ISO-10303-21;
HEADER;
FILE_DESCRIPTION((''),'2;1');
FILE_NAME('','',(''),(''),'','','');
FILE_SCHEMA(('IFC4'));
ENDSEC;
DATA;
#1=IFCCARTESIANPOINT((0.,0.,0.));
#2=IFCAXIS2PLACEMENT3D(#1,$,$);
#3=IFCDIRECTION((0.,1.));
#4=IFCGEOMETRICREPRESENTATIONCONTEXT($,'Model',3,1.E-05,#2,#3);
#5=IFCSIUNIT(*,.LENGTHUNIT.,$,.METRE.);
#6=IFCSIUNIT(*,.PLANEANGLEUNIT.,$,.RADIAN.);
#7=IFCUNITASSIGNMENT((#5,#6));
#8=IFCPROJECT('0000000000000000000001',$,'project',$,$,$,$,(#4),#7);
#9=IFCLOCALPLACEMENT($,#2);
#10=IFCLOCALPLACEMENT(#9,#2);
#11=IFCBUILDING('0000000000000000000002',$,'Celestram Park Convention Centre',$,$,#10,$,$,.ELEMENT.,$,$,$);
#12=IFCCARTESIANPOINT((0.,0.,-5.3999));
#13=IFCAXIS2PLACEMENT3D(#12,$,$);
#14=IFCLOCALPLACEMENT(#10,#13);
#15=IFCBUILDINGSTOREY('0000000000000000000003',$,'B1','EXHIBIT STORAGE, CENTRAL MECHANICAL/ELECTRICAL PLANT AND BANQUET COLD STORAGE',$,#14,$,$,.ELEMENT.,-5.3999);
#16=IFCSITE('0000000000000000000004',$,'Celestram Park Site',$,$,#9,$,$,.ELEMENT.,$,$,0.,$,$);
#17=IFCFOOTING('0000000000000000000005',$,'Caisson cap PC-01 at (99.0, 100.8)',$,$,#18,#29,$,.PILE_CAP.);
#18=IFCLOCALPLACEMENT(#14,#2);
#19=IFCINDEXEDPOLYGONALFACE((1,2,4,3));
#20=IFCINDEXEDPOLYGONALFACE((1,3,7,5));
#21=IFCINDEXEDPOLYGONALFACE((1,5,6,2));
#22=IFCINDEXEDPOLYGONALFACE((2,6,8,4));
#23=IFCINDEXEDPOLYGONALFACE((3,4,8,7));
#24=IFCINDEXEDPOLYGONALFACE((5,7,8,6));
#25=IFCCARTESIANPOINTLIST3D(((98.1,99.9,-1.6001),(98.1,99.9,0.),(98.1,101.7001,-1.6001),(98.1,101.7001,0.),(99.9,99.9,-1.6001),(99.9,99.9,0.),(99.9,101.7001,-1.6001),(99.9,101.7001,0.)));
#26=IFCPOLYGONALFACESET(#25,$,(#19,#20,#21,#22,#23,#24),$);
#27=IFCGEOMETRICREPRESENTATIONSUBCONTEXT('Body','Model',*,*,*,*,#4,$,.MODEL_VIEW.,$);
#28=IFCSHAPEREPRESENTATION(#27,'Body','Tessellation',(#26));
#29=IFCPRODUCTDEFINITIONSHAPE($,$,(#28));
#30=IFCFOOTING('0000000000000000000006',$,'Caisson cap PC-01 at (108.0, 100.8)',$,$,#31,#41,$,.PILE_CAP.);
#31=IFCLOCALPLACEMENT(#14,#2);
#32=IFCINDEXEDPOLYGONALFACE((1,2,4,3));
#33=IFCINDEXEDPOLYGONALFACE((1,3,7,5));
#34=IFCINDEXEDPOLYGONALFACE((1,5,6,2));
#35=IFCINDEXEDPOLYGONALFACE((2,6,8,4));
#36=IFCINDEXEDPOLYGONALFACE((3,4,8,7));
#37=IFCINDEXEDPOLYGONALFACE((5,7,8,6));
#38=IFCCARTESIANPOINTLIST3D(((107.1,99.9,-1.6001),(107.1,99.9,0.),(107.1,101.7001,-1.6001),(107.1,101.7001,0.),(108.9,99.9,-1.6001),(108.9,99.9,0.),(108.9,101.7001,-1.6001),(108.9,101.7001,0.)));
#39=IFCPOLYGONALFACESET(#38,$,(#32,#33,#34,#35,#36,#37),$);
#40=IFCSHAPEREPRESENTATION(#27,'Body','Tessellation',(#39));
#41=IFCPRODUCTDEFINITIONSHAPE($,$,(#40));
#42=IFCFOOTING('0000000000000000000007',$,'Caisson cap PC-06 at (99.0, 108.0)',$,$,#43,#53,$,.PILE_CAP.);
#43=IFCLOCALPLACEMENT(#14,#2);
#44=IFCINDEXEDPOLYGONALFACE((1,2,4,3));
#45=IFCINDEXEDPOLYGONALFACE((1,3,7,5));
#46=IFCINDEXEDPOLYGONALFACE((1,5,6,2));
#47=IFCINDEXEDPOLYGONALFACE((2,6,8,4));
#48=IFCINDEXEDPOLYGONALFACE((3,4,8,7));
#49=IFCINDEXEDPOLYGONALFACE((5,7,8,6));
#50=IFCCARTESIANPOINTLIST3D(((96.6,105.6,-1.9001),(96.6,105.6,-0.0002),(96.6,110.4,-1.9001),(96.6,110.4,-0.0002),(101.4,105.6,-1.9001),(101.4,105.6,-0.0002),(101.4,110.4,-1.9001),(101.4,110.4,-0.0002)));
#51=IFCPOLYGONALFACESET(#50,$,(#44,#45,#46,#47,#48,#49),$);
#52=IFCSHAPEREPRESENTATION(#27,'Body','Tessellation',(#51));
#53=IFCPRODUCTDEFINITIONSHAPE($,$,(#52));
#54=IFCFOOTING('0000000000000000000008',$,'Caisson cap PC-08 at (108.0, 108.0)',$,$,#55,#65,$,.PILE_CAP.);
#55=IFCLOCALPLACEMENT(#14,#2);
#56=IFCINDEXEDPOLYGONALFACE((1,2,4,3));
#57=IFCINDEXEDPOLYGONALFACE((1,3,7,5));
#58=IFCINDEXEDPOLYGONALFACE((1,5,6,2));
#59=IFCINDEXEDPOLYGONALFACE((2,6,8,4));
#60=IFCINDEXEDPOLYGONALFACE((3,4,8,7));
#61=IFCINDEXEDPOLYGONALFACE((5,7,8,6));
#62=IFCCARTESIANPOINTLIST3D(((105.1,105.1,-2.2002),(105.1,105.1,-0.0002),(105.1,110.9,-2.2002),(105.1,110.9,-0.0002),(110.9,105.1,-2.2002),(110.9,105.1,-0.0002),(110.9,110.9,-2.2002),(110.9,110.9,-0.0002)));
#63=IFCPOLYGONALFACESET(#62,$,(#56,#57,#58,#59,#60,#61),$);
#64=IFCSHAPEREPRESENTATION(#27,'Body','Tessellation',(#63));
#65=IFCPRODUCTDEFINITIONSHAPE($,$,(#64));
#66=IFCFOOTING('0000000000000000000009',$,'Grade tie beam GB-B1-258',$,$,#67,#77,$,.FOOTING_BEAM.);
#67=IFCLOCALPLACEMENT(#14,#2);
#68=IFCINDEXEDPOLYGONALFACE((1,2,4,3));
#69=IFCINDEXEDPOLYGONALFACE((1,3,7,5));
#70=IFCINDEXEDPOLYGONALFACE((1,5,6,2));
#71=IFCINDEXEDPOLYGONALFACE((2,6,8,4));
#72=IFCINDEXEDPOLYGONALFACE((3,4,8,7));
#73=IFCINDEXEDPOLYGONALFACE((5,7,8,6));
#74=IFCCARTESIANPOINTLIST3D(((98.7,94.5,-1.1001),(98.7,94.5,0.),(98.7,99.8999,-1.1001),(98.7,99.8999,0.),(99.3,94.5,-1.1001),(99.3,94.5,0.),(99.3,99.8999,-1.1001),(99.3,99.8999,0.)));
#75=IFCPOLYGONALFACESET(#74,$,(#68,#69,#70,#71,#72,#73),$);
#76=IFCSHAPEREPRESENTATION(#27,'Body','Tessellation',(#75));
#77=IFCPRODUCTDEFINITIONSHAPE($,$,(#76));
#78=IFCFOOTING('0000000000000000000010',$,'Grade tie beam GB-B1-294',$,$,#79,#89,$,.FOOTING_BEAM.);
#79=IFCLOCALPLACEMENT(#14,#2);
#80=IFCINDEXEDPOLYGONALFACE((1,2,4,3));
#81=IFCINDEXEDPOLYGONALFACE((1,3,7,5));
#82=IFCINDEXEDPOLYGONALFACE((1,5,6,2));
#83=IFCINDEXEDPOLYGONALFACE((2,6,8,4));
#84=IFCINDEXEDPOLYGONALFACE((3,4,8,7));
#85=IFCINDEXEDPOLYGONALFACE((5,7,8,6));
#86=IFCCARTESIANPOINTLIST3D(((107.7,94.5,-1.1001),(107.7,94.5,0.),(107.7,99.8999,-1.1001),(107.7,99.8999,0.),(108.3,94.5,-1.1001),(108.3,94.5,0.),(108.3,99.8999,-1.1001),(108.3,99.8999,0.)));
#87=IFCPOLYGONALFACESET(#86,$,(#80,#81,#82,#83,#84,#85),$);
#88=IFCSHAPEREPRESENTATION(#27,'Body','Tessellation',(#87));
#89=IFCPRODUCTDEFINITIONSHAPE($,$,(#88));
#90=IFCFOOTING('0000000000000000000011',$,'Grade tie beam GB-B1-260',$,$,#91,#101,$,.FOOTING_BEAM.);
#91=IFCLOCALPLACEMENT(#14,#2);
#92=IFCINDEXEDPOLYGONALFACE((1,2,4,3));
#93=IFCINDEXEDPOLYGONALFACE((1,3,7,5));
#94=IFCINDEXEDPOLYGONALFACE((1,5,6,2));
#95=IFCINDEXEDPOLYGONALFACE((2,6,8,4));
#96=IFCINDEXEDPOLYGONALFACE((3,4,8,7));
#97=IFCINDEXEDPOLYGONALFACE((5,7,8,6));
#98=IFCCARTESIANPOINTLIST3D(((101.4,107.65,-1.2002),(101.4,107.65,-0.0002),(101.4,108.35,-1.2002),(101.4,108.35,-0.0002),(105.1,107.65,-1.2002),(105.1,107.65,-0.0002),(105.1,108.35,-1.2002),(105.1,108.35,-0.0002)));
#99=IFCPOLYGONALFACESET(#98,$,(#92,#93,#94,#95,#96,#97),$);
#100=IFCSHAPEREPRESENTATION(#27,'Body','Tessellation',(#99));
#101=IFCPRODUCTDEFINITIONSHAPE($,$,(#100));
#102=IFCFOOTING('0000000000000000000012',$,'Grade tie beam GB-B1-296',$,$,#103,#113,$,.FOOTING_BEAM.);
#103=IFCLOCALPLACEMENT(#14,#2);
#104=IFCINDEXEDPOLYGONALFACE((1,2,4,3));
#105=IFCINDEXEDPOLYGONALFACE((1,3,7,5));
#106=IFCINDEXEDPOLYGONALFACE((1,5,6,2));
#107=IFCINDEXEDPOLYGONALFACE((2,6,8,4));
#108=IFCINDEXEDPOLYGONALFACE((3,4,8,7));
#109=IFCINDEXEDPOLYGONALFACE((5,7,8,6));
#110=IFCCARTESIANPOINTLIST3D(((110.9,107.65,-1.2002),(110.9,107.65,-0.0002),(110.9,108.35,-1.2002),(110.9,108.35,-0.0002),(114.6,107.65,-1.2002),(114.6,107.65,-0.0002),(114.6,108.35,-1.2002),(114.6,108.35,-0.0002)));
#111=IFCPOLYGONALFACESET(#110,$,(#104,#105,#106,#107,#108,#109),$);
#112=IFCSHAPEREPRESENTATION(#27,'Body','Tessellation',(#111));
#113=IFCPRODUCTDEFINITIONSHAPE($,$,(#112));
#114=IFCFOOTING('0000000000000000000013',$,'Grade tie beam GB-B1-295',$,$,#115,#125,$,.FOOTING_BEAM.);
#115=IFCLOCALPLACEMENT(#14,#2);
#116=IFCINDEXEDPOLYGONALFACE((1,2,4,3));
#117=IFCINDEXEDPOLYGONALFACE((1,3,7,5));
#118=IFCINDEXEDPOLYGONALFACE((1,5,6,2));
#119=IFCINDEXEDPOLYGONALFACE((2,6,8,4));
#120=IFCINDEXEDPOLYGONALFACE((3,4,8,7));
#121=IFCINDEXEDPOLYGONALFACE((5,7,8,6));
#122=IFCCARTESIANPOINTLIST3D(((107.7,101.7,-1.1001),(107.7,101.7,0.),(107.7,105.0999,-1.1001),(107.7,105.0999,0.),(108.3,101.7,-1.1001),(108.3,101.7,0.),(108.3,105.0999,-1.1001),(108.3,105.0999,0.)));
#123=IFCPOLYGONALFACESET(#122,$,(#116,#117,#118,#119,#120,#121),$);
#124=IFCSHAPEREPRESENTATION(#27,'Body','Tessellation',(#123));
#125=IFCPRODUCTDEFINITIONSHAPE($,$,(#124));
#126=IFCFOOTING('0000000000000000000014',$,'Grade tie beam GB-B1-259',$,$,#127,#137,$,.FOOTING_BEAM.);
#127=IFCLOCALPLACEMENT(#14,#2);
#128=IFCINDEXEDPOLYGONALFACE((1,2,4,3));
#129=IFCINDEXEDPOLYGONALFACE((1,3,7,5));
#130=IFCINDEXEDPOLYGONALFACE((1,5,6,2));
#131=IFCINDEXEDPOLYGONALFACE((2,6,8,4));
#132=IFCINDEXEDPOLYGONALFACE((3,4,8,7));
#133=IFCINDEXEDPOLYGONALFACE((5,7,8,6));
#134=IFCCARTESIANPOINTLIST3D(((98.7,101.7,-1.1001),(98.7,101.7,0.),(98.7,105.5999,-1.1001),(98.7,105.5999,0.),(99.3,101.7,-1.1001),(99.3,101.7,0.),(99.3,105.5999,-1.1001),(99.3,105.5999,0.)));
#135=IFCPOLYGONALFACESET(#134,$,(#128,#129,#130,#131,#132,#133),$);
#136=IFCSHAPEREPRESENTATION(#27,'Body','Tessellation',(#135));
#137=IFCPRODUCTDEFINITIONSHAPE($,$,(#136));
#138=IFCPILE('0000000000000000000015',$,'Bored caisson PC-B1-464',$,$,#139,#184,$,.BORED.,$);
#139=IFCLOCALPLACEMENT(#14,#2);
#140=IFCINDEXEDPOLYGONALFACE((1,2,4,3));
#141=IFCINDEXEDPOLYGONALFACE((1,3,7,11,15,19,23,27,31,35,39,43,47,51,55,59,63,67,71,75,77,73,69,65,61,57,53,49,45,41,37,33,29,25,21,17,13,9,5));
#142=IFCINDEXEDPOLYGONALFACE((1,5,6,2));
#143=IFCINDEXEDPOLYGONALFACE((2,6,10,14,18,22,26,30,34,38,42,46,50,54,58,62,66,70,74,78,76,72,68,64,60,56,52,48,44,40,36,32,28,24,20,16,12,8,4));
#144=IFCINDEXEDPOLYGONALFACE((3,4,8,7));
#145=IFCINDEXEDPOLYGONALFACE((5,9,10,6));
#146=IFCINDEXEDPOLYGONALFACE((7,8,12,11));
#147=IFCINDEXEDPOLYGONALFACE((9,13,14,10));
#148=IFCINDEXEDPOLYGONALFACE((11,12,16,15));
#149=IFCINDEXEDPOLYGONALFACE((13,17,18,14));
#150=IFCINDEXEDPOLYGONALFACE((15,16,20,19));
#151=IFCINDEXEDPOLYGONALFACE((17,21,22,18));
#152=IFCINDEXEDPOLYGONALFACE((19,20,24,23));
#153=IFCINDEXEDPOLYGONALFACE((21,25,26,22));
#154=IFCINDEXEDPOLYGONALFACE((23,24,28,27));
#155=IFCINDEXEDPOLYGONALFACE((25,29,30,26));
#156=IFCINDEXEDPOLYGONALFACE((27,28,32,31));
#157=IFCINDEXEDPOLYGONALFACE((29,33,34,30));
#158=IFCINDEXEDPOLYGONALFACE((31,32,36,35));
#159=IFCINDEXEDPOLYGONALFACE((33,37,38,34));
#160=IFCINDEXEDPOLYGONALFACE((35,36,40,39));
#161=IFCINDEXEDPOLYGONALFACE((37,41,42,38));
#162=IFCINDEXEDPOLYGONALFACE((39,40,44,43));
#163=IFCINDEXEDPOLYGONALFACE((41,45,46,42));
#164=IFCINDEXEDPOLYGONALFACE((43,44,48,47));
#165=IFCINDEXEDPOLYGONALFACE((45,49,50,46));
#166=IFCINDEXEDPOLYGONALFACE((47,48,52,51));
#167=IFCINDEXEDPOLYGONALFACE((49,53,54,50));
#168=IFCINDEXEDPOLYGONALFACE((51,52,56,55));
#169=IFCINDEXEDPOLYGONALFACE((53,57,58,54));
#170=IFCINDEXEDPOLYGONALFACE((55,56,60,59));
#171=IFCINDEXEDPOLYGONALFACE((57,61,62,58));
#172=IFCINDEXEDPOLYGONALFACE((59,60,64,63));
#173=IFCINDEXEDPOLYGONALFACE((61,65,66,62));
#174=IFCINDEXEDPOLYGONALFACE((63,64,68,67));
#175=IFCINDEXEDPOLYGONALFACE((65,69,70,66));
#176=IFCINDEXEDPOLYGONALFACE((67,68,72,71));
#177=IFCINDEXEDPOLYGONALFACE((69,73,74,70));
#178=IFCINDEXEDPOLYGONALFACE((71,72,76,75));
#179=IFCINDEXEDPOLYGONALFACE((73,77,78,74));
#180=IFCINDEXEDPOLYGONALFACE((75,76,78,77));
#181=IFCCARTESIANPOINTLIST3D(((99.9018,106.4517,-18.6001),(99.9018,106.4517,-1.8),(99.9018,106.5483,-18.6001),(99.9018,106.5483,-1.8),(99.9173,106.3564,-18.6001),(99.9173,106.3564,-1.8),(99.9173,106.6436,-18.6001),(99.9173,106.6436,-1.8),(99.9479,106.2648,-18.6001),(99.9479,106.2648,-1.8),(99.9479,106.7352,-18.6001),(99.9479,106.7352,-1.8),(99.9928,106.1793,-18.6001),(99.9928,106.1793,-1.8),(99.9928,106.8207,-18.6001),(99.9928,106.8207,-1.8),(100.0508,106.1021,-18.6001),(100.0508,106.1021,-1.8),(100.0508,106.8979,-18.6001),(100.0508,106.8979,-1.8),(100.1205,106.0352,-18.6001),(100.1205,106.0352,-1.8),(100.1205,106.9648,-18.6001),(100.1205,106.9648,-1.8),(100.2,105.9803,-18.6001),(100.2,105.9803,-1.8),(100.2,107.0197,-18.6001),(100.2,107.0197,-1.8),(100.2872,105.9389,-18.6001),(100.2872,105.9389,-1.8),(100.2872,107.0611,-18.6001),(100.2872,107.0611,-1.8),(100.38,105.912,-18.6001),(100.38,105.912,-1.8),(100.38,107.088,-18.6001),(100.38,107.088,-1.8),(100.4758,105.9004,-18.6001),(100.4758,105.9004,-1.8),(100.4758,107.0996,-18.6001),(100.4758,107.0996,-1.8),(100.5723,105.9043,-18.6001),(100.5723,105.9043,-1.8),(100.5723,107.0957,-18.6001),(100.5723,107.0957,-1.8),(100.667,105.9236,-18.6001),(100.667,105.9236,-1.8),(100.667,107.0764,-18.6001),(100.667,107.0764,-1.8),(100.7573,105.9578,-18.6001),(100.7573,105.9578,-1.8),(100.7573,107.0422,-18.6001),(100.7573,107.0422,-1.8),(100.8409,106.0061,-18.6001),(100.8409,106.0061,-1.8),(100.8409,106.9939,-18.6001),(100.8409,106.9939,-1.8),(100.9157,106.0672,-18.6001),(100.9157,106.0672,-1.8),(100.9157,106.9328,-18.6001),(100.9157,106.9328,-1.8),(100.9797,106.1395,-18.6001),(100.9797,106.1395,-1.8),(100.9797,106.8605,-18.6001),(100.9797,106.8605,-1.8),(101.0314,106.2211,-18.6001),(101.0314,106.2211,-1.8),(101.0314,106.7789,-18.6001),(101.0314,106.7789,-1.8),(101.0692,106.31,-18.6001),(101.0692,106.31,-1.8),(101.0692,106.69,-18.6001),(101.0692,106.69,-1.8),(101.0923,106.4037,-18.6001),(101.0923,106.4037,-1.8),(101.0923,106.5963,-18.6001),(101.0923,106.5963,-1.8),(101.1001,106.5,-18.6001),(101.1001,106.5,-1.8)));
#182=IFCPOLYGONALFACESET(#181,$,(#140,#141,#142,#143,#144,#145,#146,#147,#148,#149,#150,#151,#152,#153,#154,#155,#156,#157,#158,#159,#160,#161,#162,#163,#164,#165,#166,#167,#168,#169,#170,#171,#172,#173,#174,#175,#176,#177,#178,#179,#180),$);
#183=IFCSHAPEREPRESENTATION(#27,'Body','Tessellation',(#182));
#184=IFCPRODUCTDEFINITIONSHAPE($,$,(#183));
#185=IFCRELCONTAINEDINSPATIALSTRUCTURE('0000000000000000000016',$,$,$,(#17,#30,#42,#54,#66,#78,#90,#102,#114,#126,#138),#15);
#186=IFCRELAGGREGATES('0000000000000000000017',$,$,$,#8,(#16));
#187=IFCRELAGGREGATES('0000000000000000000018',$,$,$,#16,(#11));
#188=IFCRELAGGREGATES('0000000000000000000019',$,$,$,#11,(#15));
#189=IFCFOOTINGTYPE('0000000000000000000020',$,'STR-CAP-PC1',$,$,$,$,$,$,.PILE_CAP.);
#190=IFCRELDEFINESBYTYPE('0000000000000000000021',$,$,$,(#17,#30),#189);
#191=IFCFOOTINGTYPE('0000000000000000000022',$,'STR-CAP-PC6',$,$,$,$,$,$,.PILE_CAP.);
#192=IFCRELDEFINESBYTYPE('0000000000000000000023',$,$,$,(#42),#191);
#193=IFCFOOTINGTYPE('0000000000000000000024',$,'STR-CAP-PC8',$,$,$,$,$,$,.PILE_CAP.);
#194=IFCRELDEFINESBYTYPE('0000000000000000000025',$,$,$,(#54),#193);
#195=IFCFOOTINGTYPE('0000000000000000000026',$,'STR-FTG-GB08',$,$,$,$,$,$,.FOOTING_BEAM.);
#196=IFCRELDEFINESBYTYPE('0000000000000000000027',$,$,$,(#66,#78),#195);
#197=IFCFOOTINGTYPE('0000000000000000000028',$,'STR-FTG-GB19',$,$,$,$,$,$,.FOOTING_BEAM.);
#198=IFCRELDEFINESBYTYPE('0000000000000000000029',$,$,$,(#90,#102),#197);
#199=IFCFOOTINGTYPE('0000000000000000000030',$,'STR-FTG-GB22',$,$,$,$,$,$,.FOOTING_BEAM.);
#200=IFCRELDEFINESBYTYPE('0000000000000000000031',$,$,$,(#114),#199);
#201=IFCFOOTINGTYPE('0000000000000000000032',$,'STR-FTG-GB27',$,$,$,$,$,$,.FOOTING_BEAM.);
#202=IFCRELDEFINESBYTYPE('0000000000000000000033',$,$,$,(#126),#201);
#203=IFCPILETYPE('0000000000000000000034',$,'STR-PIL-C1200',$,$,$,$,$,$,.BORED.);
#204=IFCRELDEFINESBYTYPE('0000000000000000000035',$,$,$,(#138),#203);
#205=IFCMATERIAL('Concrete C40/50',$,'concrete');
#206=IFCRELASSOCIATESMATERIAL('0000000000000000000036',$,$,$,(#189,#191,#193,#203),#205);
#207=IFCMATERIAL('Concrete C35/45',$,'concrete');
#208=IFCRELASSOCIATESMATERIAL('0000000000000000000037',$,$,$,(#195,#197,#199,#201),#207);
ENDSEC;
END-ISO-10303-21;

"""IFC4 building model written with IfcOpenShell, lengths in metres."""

from ifc_helpers import new_model, si_unit, direction, frame, origin, origin_2d, place, context, subcontext, project, spatial, rectangle, circle, extrude, material, material_profile, profile_set, type_object, element, save


model = new_model("IFC4")

# Units and contexts
model_context = context("Model", 3, precision=1e-05, world=origin(), true_north=direction((0.0, 1.0)))
body_context = subcontext(model_context, "Body", "Model", "MODEL_VIEW")
ifc_project = project(units=[si_unit("LENGTHUNIT", "METRE"), si_unit("PLANEANGLEUNIT", "RADIAN")], contexts=[model_context])

# Site, building, storey
site_placement = place(None, origin())
site = spatial("IfcSite", under=ifc_project, at=site_placement, Name="Celestram Park Site", CompositionType="ELEMENT", RefElevation=0.0)
building_placement = place(site_placement, origin())
building = spatial("IfcBuilding", under=site, at=building_placement, Name="Celestram Park Convention Centre", CompositionType="ELEMENT")
storey_placement = place(building_placement, frame((0.0, 0.0, -5.3999)))
storey = spatial("IfcBuildingStorey", under=building, at=storey_placement, Name="B1", Description="EXHIBIT STORAGE, CENTRAL MECHANICAL/ELECTRICAL PLANT AND BANQUET COLD STORAGE", CompositionType="ELEMENT", Elevation=-5.3999)

# Footings
ifc_material_1 = material(Name="Concrete C40/50", Category="concrete")
footing_type_1 = type_object("IfcFootingType", Name="STR-CAP-PC1", PredefinedType="PILE_CAP", material=ifc_material_1)
for number, where, z_axis, x_axis, name in (
    (1, (99.0, 100.8, -1.6001), (0.0, 0.0, 1.0), (1.0, 0.0, 0.0), "Caisson cap PC-01 at (99.0, 100.8)"),
    (2, (108.0, 100.8, -1.6001), (0.0, 0.0, 1.0), (1.0, 0.0, 0.0), "Caisson cap PC-01 at (108.0, 100.8)"),
):
    element("IfcFooting", number, at=place(storey_placement, frame(where, z_axis=z_axis, x_axis=x_axis)), inside=storey, type_object=footing_type_1, Name=name, PredefinedType="PILE_CAP", context=body_context, shape_type="SweptSolid", body=[
        extrude(rectangle(XDim=1.8, YDim=1.8, at=origin_2d()), origin(), (0.0, 0.0, 1.0), 1.6001),
    ])
footing_type_2 = type_object("IfcFootingType", Name="STR-CAP-PC6", PredefinedType="PILE_CAP", material=ifc_material_1)
footing_1_placement = place(storey_placement, frame((99.0, 108.0, -1.9001), z_axis=(0.0, 0.0, 1.0), x_axis=(1.0, 0.0, 0.0)))
element("IfcFooting", 3, at=footing_1_placement, inside=storey, type_object=footing_type_2, Name="Caisson cap PC-06 at (99.0, 108.0)", PredefinedType="PILE_CAP", context=body_context, shape_type="SweptSolid", body=[
    extrude(rectangle(XDim=4.8, YDim=4.8, at=origin_2d()), origin(), (0.0, 0.0, 1.0), 1.8999),
])
footing_type_3 = type_object("IfcFootingType", Name="STR-CAP-PC8", PredefinedType="PILE_CAP", material=ifc_material_1)
footing_2_placement = place(storey_placement, frame((108.0, 108.0, -2.2002), z_axis=(0.0, 0.0, 1.0), x_axis=(1.0, 0.0, 0.0)))
element("IfcFooting", 4, at=footing_2_placement, inside=storey, type_object=footing_type_3, Name="Caisson cap PC-08 at (108.0, 108.0)", PredefinedType="PILE_CAP", context=body_context, shape_type="SweptSolid", body=[
    extrude(rectangle(XDim=5.8, YDim=5.8, at=origin_2d()), origin(), (0.0, 0.0, 1.0), 2.2),
])
ifc_material_2 = material(Name="Concrete C35/45", Category="concrete")
footing_type_4 = type_object("IfcFootingType", Name="STR-FTG-GB08", PredefinedType="FOOTING_BEAM", material=ifc_material_2)
for number, where, z_axis, x_axis, name in (
    (5, (99.0, 97.2, -1.1001), (0.0, 0.0, 1.0), (0.0, 1.0, 0.0), "Grade tie beam GB-B1-258"),
    (6, (108.0, 97.2, -1.1001), (0.0, 0.0, 1.0), (0.0, 1.0, 0.0), "Grade tie beam GB-B1-294"),
):
    element("IfcFooting", number, at=place(storey_placement, frame(where, z_axis=z_axis, x_axis=x_axis)), inside=storey, type_object=footing_type_4, Name=name, PredefinedType="FOOTING_BEAM", context=body_context, shape_type="SweptSolid", body=[
        extrude(rectangle(XDim=5.3999, YDim=0.6001, at=origin_2d()), origin(), (0.0, 0.0, 1.0), 1.1001),
    ])
footing_type_5 = type_object("IfcFootingType", Name="STR-FTG-GB19", PredefinedType="FOOTING_BEAM", material=ifc_material_2)
for number, where, z_axis, x_axis, name in (
    (7, (103.25, 108.0, -1.2002), (0.0, 0.0, 1.0), (1.0, 0.0, 0.0), "Grade tie beam GB-B1-260"),
    (8, (112.75, 108.0, -1.2002), (0.0, 0.0, 1.0), (1.0, 0.0, 0.0), "Grade tie beam GB-B1-296"),
):
    element("IfcFooting", number, at=place(storey_placement, frame(where, z_axis=z_axis, x_axis=x_axis)), inside=storey, type_object=footing_type_5, Name=name, PredefinedType="FOOTING_BEAM", context=body_context, shape_type="SweptSolid", body=[
        extrude(rectangle(XDim=3.7, YDim=0.7, at=origin_2d()), origin(), (0.0, 0.0, 1.0), 1.2),
    ])
footing_type_6 = type_object("IfcFootingType", Name="STR-FTG-GB22", PredefinedType="FOOTING_BEAM", material=ifc_material_2)
footing_3_placement = place(storey_placement, frame((108.0, 103.3999, -1.1001), z_axis=(0.0, 0.0, 1.0), x_axis=(0.0, 1.0, 0.0)))
element("IfcFooting", 9, at=footing_3_placement, inside=storey, type_object=footing_type_6, Name="Grade tie beam GB-B1-295", PredefinedType="FOOTING_BEAM", context=body_context, shape_type="SweptSolid", body=[
    extrude(rectangle(XDim=3.3999, YDim=0.6001, at=origin_2d()), origin(), (0.0, 0.0, 1.0), 1.1001),
])
footing_type_7 = type_object("IfcFootingType", Name="STR-FTG-GB27", PredefinedType="FOOTING_BEAM", material=ifc_material_2)
footing_4_placement = place(storey_placement, frame((99.0, 103.6499, -1.1001), z_axis=(0.0, 0.0, 1.0), x_axis=(0.0, 1.0, 0.0)))
element("IfcFooting", 10, at=footing_4_placement, inside=storey, type_object=footing_type_7, Name="Grade tie beam GB-B1-259", PredefinedType="FOOTING_BEAM", context=body_context, shape_type="SweptSolid", body=[
    extrude(rectangle(XDim=3.8999, YDim=0.6001, at=origin_2d()), origin(), (0.0, 0.0, 1.0), 1.1001),
])

# Pile
ifc_material_profile_1 = material_profile(ifc_material_1, circle(Radius=0.6001, at=origin_2d()), Name="CAISSON1200")
ifc_profile_set_1 = profile_set([ifc_material_profile_1], Name="Concrete C40/50")
pile_type_1 = type_object("IfcPileType", Name="STR-PIL-C1200", PredefinedType="BORED", material=ifc_profile_set_1)
for number, where, z_axis, x_axis, name in (
    (11, (100.5, 106.5, -1.8), (0.0, 0.0, -1.0), (1.0, 0.0, 0.0), "Bored caisson PC-B1-464"),
):
    element("IfcPile", number, at=place(storey_placement, frame(where, z_axis=z_axis, x_axis=x_axis)), inside=storey, type_object=pile_type_1, Name=name, PredefinedType="BORED", context=body_context, shape_type="SweptSolid", body=[
        extrude(circle(Radius=0.6001, at=origin_2d()), origin(), (0.0, 0.0, 1.0), 16.8),
    ])

save(model, "model.ifc")
